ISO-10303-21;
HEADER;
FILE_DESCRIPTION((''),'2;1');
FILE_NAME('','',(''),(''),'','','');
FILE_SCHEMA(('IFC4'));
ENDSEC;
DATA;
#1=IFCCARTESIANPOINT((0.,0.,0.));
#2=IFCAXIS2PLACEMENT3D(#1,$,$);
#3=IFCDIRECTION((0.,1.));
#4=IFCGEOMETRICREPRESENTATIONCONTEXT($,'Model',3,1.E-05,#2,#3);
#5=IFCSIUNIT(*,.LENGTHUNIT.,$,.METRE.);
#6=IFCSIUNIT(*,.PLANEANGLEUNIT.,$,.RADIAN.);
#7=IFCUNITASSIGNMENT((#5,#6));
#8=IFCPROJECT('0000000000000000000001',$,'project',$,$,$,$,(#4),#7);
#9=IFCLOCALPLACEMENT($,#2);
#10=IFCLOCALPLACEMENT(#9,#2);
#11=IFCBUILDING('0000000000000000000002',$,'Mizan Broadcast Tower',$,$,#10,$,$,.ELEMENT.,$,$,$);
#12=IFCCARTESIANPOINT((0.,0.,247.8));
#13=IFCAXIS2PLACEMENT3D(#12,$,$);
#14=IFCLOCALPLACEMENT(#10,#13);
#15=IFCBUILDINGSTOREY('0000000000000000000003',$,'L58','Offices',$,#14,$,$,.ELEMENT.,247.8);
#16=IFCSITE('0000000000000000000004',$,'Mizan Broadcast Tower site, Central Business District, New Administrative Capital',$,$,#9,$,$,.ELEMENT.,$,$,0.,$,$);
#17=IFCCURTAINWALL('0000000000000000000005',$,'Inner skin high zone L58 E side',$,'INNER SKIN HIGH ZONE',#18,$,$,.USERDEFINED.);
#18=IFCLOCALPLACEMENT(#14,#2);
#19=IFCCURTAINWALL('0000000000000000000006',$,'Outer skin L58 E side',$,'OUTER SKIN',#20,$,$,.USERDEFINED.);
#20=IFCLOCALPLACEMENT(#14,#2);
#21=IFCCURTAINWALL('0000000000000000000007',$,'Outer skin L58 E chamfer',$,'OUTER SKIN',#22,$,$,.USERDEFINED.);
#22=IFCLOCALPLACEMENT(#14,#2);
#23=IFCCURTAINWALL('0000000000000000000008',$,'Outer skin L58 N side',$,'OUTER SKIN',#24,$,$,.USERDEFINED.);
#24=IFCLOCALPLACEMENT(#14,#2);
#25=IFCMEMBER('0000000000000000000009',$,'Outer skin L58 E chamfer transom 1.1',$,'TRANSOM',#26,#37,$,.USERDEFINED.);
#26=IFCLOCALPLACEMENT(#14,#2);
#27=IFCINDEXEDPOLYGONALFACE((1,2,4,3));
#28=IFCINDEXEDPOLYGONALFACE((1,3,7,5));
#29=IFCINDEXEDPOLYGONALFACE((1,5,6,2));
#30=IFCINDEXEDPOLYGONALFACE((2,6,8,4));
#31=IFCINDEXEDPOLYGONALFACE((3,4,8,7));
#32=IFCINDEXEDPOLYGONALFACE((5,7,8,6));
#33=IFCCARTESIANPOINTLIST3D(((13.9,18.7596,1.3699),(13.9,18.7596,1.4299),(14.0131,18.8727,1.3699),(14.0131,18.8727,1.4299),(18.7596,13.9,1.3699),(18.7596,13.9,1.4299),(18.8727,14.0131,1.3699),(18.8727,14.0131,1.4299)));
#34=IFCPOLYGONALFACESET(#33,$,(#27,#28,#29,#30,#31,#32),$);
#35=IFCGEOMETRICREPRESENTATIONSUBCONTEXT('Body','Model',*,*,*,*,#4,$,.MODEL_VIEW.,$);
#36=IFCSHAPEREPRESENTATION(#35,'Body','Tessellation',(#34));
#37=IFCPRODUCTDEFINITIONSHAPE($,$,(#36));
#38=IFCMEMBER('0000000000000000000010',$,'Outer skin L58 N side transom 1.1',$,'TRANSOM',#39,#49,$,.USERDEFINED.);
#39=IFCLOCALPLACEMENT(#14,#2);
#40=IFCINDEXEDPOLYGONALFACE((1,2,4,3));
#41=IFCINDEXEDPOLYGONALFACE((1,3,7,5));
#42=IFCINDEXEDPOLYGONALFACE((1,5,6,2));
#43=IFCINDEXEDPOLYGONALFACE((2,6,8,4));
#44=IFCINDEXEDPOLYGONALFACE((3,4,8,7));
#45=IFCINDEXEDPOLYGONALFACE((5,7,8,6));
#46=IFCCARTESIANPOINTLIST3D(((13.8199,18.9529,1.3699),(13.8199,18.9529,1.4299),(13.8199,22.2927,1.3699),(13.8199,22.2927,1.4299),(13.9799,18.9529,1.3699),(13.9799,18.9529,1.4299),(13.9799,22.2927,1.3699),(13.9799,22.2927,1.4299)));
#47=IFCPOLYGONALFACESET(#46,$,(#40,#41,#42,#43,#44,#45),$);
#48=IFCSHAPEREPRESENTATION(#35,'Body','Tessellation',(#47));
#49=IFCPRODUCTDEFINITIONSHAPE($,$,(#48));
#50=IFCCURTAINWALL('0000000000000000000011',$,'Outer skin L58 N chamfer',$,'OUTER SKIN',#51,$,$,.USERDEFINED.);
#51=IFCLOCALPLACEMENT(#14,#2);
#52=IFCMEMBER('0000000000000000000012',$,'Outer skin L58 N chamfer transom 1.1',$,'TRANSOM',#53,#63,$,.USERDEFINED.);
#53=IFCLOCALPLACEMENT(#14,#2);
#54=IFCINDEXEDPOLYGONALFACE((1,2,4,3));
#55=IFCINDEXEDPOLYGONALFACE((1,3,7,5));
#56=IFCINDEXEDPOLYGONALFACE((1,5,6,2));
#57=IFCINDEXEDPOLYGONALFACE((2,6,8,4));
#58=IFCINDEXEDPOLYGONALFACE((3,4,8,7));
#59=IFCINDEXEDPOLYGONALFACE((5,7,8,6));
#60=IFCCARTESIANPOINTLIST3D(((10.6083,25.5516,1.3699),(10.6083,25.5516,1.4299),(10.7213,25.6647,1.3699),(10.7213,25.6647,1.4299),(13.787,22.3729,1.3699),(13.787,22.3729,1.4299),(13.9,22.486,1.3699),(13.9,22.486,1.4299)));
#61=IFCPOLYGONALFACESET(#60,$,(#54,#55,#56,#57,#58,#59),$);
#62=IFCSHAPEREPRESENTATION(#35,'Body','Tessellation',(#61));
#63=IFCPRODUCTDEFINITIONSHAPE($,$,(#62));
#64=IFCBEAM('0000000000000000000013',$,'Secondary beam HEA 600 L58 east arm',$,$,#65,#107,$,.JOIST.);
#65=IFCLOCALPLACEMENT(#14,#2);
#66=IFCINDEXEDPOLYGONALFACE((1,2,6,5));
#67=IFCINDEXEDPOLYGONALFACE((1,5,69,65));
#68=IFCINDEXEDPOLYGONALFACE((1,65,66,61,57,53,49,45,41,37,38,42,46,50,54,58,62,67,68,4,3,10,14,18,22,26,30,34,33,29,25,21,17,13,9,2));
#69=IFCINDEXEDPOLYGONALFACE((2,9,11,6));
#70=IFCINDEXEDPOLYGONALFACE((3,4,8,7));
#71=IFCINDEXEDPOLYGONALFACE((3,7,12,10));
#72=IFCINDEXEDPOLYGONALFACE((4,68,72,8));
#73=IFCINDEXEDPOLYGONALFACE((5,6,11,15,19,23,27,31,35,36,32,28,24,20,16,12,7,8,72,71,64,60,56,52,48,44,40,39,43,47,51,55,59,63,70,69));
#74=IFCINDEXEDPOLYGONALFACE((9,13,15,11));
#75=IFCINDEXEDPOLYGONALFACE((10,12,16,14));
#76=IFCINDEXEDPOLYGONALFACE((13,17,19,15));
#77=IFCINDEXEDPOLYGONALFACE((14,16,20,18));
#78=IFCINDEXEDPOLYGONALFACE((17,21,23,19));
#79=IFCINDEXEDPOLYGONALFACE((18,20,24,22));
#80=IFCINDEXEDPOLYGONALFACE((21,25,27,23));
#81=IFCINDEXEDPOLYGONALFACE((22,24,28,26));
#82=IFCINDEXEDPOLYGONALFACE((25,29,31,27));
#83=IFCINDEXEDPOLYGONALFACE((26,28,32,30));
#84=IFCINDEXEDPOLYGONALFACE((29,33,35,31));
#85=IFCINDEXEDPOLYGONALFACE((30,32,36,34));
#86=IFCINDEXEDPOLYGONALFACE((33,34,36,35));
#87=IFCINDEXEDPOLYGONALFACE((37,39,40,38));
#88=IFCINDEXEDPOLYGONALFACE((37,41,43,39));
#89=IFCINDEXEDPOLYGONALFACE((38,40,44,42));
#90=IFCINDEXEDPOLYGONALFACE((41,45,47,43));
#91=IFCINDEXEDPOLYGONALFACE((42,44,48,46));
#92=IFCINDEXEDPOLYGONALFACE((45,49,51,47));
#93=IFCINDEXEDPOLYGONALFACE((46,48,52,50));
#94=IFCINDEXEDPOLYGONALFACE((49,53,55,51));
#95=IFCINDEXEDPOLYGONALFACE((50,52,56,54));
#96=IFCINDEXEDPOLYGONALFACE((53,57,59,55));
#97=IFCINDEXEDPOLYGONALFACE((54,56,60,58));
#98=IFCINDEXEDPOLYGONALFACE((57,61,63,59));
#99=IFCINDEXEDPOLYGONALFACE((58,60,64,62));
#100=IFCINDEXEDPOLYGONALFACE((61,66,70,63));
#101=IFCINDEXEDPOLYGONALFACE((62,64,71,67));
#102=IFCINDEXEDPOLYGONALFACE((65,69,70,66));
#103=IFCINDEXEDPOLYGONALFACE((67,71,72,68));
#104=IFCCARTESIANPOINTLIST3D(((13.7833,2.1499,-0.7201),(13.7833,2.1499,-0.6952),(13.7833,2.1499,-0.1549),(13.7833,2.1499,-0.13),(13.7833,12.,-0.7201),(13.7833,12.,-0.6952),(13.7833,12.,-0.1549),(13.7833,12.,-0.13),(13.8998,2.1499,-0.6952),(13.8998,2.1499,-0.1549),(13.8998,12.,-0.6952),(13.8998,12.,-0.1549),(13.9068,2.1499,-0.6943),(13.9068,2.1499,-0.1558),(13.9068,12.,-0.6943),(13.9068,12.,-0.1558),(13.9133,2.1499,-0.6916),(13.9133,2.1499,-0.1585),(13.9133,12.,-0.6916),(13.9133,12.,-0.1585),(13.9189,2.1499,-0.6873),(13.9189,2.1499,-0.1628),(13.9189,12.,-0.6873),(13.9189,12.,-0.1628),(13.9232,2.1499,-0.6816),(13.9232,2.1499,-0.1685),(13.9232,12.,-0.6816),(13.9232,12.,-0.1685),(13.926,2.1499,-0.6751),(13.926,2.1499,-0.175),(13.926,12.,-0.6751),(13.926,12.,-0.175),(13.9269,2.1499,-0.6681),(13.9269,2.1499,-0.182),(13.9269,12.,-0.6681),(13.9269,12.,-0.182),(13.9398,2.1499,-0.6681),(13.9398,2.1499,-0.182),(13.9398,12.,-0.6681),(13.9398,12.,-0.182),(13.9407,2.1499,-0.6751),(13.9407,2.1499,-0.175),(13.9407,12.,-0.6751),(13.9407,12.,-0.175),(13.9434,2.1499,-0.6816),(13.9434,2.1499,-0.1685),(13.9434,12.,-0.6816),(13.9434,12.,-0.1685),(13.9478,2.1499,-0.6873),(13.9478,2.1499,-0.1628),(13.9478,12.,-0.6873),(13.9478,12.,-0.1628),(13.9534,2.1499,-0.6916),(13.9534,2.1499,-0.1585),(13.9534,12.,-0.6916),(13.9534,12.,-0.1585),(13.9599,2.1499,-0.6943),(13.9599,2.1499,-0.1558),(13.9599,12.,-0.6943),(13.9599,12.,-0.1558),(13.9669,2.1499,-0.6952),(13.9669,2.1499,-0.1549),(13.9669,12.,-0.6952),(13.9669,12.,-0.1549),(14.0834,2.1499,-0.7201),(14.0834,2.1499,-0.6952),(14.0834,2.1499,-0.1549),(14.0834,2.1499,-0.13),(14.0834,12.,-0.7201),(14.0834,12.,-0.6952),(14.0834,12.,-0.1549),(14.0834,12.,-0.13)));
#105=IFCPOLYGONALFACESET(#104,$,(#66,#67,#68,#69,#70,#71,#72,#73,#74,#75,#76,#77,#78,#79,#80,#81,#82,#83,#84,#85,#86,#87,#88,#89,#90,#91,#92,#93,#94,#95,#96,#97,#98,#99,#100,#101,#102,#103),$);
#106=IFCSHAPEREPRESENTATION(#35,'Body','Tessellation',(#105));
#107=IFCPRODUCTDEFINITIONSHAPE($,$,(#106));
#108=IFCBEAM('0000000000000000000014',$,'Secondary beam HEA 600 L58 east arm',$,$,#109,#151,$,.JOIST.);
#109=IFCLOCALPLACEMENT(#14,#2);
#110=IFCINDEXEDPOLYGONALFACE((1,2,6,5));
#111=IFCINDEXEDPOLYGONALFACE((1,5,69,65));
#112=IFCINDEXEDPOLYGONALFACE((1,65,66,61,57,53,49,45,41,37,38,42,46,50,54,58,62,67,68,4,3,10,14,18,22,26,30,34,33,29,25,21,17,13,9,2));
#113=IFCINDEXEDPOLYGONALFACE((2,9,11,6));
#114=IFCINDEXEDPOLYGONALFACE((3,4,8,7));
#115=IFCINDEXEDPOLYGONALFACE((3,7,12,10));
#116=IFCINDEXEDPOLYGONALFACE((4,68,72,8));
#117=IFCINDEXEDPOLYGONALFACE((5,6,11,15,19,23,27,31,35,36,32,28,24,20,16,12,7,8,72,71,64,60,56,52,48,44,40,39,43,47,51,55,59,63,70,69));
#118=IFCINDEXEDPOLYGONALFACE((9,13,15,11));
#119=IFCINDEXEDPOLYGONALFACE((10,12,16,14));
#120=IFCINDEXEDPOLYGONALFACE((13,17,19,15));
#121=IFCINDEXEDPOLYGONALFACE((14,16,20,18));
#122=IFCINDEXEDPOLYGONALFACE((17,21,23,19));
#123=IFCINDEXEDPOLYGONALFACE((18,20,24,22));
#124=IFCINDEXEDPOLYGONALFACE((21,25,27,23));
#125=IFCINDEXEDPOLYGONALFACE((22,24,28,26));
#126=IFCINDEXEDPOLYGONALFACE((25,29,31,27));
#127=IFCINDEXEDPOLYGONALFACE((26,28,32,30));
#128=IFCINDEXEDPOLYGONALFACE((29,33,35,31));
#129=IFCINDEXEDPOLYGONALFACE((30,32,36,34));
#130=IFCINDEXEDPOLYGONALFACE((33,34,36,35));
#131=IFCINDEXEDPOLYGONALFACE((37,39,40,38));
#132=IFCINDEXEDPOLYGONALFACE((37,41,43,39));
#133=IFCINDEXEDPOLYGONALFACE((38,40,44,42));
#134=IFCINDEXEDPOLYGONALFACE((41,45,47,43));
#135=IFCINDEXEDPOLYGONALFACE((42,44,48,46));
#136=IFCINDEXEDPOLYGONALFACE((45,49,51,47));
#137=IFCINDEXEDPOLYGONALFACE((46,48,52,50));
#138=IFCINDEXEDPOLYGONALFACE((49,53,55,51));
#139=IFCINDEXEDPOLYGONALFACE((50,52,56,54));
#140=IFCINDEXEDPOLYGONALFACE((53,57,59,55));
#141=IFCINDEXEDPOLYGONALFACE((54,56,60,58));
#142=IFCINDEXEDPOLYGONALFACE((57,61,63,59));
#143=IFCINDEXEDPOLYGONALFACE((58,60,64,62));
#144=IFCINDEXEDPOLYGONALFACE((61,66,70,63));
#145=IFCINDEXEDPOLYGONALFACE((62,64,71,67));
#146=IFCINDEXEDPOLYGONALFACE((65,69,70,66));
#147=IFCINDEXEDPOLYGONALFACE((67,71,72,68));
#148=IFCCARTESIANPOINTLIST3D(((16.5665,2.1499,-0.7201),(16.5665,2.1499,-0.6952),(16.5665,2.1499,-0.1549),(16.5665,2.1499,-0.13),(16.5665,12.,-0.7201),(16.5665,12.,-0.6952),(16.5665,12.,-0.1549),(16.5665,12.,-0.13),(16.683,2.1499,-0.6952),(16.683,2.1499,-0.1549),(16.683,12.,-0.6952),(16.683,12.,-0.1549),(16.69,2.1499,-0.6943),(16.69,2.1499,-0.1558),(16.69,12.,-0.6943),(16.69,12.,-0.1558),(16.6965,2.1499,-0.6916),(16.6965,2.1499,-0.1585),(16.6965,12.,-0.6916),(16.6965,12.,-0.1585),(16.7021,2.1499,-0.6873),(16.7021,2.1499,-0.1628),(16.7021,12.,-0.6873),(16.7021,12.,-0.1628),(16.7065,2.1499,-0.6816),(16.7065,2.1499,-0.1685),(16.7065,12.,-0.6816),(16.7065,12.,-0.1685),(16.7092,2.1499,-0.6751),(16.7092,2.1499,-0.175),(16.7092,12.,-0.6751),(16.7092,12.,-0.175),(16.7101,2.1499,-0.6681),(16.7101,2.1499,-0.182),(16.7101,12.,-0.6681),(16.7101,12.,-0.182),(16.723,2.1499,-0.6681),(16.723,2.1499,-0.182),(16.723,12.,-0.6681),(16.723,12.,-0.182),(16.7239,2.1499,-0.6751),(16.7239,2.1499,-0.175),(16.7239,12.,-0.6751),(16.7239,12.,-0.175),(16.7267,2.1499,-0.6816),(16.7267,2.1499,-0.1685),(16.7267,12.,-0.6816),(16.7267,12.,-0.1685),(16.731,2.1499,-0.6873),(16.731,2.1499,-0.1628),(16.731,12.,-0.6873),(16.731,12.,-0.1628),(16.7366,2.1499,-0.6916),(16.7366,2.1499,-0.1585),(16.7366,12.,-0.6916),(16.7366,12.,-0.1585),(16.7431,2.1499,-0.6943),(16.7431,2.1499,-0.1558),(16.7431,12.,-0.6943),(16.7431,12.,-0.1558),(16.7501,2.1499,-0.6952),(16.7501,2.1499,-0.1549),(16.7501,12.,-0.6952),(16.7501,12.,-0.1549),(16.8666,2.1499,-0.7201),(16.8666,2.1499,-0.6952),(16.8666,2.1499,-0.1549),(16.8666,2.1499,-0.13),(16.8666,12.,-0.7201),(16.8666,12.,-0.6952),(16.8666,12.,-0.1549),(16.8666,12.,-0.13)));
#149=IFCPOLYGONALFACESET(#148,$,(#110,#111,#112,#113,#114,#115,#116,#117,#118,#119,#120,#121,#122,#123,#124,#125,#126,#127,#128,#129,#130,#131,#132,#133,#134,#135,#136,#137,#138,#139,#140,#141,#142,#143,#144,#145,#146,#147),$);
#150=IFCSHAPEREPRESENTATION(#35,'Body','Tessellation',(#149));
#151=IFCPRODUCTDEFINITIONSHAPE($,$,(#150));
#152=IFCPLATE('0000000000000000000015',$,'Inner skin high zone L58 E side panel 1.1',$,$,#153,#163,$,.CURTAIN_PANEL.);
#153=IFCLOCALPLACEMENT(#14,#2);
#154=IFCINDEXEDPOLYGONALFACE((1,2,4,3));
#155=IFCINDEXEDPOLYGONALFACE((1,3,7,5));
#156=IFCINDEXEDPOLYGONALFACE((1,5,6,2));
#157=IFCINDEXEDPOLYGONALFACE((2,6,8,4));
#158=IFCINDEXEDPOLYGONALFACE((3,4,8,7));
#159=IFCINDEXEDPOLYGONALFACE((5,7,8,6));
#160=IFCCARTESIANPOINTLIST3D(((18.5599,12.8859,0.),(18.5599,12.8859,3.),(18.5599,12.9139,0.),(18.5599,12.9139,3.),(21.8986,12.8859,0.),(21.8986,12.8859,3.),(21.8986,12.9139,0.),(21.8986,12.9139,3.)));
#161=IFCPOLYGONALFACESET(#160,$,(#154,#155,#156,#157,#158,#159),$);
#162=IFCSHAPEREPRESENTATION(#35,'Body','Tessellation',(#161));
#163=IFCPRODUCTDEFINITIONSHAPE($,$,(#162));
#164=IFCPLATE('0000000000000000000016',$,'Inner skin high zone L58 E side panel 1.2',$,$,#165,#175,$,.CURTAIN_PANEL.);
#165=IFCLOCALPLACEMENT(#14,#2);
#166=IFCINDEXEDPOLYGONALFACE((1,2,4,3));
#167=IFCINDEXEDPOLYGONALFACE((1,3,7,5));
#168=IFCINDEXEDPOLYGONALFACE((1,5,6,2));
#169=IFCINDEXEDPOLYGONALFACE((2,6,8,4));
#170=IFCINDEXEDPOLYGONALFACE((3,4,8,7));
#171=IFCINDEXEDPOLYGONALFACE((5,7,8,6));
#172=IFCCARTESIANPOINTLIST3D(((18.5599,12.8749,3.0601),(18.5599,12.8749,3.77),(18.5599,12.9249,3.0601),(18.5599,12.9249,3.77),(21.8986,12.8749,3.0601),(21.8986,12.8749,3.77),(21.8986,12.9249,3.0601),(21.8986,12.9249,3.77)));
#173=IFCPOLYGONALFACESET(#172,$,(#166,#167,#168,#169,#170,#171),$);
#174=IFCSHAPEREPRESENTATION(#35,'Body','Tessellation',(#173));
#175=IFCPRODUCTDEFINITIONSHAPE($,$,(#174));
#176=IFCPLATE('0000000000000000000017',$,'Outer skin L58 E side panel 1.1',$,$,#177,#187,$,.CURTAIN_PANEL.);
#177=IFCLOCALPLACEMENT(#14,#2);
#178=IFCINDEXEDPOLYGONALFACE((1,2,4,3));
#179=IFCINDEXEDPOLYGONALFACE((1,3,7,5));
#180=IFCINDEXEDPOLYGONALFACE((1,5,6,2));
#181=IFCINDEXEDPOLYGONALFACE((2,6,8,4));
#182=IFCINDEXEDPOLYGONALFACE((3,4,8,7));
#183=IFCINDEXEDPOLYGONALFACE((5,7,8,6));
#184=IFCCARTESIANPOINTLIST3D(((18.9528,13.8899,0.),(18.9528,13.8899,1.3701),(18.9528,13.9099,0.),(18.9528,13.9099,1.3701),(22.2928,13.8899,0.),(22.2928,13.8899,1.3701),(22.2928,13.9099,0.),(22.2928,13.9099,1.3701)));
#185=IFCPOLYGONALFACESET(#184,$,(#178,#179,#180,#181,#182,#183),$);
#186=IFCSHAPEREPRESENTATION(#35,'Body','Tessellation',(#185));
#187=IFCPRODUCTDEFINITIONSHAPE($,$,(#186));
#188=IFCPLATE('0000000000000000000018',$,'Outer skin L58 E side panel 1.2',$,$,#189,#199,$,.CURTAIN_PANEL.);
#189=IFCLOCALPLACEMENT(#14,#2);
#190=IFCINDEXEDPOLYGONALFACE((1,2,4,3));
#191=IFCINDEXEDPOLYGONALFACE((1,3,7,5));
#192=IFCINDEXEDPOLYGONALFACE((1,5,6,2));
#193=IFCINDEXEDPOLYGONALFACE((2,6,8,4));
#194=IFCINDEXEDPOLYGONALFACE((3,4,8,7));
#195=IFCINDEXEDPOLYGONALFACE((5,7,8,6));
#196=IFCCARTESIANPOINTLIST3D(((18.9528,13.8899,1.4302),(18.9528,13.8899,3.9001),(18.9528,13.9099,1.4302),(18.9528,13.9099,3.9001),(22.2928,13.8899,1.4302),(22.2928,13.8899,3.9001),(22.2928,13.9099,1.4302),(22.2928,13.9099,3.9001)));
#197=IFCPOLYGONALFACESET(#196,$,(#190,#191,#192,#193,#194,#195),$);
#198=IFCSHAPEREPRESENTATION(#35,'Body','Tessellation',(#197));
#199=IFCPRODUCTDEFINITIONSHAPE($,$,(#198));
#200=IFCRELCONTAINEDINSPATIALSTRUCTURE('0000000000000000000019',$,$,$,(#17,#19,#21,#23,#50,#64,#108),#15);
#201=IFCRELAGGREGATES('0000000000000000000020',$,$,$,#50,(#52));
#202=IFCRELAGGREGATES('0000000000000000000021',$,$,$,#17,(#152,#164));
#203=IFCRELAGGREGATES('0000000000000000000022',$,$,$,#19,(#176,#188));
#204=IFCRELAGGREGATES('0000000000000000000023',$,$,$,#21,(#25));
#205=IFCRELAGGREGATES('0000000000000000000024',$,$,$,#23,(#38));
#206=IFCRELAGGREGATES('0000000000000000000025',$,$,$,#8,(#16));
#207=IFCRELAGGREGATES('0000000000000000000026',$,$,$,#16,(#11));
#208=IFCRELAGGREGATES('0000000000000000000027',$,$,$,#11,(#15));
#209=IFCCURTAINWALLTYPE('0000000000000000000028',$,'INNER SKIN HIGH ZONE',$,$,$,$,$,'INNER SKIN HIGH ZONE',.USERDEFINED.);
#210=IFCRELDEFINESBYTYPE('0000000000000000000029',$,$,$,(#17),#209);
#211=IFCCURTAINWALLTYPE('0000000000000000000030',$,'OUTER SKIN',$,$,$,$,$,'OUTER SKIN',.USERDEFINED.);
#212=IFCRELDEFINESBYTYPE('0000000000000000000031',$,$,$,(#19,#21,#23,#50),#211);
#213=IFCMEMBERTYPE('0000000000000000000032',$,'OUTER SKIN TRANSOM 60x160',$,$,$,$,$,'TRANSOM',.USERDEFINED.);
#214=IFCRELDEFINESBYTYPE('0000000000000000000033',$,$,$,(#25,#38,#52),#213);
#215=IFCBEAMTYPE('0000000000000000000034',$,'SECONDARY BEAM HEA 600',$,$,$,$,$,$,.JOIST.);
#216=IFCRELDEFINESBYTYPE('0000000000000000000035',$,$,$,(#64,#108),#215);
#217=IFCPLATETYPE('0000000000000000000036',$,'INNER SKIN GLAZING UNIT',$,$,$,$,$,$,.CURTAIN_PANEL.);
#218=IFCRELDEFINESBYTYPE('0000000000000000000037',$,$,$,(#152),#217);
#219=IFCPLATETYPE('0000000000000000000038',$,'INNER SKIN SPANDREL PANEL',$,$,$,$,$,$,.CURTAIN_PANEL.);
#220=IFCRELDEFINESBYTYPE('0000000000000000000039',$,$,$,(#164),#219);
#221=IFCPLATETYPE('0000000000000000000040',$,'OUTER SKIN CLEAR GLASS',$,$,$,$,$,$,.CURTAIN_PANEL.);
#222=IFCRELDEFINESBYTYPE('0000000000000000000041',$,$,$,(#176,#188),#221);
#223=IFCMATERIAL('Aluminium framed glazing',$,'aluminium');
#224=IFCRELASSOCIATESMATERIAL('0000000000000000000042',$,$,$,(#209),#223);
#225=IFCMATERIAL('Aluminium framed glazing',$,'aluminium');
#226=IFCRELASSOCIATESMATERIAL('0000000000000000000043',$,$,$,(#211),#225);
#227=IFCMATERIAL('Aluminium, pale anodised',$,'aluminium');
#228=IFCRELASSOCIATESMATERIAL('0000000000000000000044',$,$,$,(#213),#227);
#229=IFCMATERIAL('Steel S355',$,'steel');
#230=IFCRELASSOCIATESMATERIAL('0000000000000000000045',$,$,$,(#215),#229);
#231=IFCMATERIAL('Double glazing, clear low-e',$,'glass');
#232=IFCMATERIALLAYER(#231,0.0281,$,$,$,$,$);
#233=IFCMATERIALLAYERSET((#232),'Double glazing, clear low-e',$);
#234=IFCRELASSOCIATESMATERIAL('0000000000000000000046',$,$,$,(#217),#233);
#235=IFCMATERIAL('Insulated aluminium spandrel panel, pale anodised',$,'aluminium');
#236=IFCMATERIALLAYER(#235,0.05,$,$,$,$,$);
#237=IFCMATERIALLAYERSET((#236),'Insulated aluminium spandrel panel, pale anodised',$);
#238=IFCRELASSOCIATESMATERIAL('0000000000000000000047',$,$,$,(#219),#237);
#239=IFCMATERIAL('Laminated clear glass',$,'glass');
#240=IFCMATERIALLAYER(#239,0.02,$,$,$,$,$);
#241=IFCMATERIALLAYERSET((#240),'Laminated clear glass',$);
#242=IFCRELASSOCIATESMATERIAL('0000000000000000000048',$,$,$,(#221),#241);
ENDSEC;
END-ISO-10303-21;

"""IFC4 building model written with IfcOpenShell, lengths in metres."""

from ifc_helpers import new_model, si_unit, direction, frame, origin, origin_2d, place, context, subcontext, project, spatial, rectangle, i_section, extrude, material, layer, layer_set, material_profile, profile_set, type_object, element, aggregate, save


model = new_model("IFC4")

# Units and contexts
model_context = context("Model", 3, precision=1e-05, world=origin(), true_north=direction((0.0, 1.0)))
body_context = subcontext(model_context, "Body", "Model", "MODEL_VIEW")
ifc_project = project(units=[si_unit("LENGTHUNIT", "METRE"), si_unit("PLANEANGLEUNIT", "RADIAN")], contexts=[model_context])

# Site, building, storey
site_placement = place(None, origin())
site = spatial("IfcSite", under=ifc_project, at=site_placement, Name="Mizan Broadcast Tower site, Central Business District, New Administrative Capital", CompositionType="ELEMENT", RefElevation=0.0)
building_placement = place(site_placement, origin())
building = spatial("IfcBuilding", under=site, at=building_placement, Name="Mizan Broadcast Tower", CompositionType="ELEMENT")
storey_placement = place(building_placement, frame((0.0, 0.0, 247.8)))
storey = spatial("IfcBuildingStorey", under=building, at=storey_placement, Name="L58", Description="Offices", CompositionType="ELEMENT", Elevation=247.8)

# Curtain wall
ifc_material_1 = material(Name="Aluminium framed glazing", Category="aluminium")
curtain_wall_type_1 = type_object("IfcCurtainWallType", Name="INNER SKIN HIGH ZONE", ElementType="INNER SKIN HIGH ZONE", PredefinedType="USERDEFINED", material=ifc_material_1)
curtain_wall_1_placement = place(storey_placement, origin())
curtain_wall_1 = element("IfcCurtainWall", 1, at=curtain_wall_1_placement, inside=storey, type_object=curtain_wall_type_1, Name="Inner skin high zone L58 E side", ObjectType="INNER SKIN HIGH ZONE", PredefinedType="USERDEFINED")

# Curtain walls
ifc_material_2 = material(Name="Aluminium framed glazing", Category="aluminium")
curtain_wall_type_2 = type_object("IfcCurtainWallType", Name="OUTER SKIN", ElementType="OUTER SKIN", PredefinedType="USERDEFINED", material=ifc_material_2)
curtain_wall_2_placement = place(storey_placement, origin())
curtain_wall_2 = element("IfcCurtainWall", 2, at=curtain_wall_2_placement, inside=storey, type_object=curtain_wall_type_2, Name="Outer skin L58 E side", ObjectType="OUTER SKIN", PredefinedType="USERDEFINED")
curtain_wall_3_placement = place(storey_placement, origin())
curtain_wall_3 = element("IfcCurtainWall", 3, at=curtain_wall_3_placement, inside=storey, type_object=curtain_wall_type_2, Name="Outer skin L58 E chamfer", ObjectType="OUTER SKIN", PredefinedType="USERDEFINED")
curtain_wall_4_placement = place(storey_placement, origin())
curtain_wall_4 = element("IfcCurtainWall", 4, at=curtain_wall_4_placement, inside=storey, type_object=curtain_wall_type_2, Name="Outer skin L58 N side", ObjectType="OUTER SKIN", PredefinedType="USERDEFINED")

# Members
ifc_material_3 = material(Name="Aluminium, pale anodised", Category="aluminium")
ifc_material_profile_1 = material_profile(ifc_material_3, rectangle(XDim=0.1599, YDim=0.0601, at=origin_2d()), Name="TRANSOM 160x60")
ifc_profile_set_1 = profile_set([ifc_material_profile_1], Name="Aluminium, pale anodised")
member_type_1 = type_object("IfcMemberType", Name="OUTER SKIN TRANSOM 60x160", ElementType="TRANSOM", PredefinedType="USERDEFINED", material=ifc_profile_set_1)
member_1_placement = place(storey_placement, frame((18.8162, 13.9565, 1.3999), z_axis=(-0.707107, 0.707107, 0.0), x_axis=(-0.707107, -0.707107, 0.0)))
member_1 = element("IfcMember", 5, at=member_1_placement, type_object=member_type_1, Name="Outer skin L58 E chamfer transom 1.1", ObjectType="TRANSOM", PredefinedType="USERDEFINED", context=body_context, shape_type="SweptSolid", body=[
    extrude(rectangle(XDim=0.1599, YDim=0.0601, at=origin_2d()), origin(), (0.0, 0.0, 1.0), 6.8726),
])
member_2_placement = place(storey_placement, frame((13.8999, 18.9529, 1.3999), z_axis=(0.0, 1.0, 0.0), x_axis=(-1.0, 0.0, 0.0)))
member_2 = element("IfcMember", 6, at=member_2_placement, type_object=member_type_1, Name="Outer skin L58 N side transom 1.1", ObjectType="TRANSOM", PredefinedType="USERDEFINED", context=body_context, shape_type="SweptSolid", body=[
    extrude(rectangle(XDim=0.1599, YDim=0.0601, at=origin_2d()), origin(), (0.0, 0.0, 1.0), 3.3398),
])

# Curtain wall, member
curtain_wall_5_placement = place(storey_placement, origin())
curtain_wall_5 = element("IfcCurtainWall", 7, at=curtain_wall_5_placement, inside=storey, type_object=curtain_wall_type_2, Name="Outer skin L58 N chamfer", ObjectType="OUTER SKIN", PredefinedType="USERDEFINED")
member_3_placement = place(storey_placement, frame((13.8435, 22.4294, 1.3999), z_axis=(-0.707107, 0.707107, 0.0), x_axis=(-0.707107, -0.707107, 0.0)))
member_3 = element("IfcMember", 8, at=member_3_placement, type_object=member_type_1, Name="Outer skin L58 N chamfer transom 1.1", ObjectType="TRANSOM", PredefinedType="USERDEFINED", context=body_context, shape_type="SweptSolid", body=[
    extrude(rectangle(XDim=0.1599, YDim=0.0601, at=origin_2d()), origin(), (0.0, 0.0, 1.0), 4.4954),
])
aggregate(curtain_wall_5, [member_3])

# Beams
ifc_material_4 = material(Name="Steel S355", Category="steel")
ifc_material_profile_2 = material_profile(ifc_material_4, i_section(OverallWidth=0.3, OverallDepth=0.5901, WebThickness=0.0129, FlangeThickness=0.0249, FilletRadius=0.0271, at=origin_2d()), Name="HEA 600")
ifc_profile_set_2 = profile_set([ifc_material_profile_2], Name="Steel S355")
beam_type_1 = type_object("IfcBeamType", Name="SECONDARY BEAM HEA 600", PredefinedType="JOIST", material=ifc_profile_set_2)
for number, where, z_axis, x_axis, name in (
    (9, (13.9333, 12.0, -0.425), (0.0, -1.0, 0.0), (1.0, 0.0, 0.0), "Secondary beam HEA 600 L58 east arm"),
    (10, (16.7166, 12.0, -0.425), (0.0, -1.0, 0.0), (1.0, 0.0, 0.0), "Secondary beam HEA 600 L58 east arm"),
):
    element("IfcBeam", number, at=place(storey_placement, frame(where, z_axis=z_axis, x_axis=x_axis)), inside=storey, type_object=beam_type_1, Name=name, PredefinedType="JOIST", context=body_context, shape_type="SweptSolid", body=[
        extrude(i_section(OverallWidth=0.3, OverallDepth=0.5901, WebThickness=0.0129, FlangeThickness=0.0249, FilletRadius=0.0271, at=origin_2d()), origin(), (0.0, 0.0, 1.0), 9.8501),
    ])

# Plates
ifc_material_5 = material(Name="Double glazing, clear low-e", Category="glass")
ifc_layer_1 = layer(ifc_material_5, 0.0281)
ifc_layer_set_1 = layer_set([ifc_layer_1], Name="Double glazing, clear low-e")
plate_type_1 = type_object("IfcPlateType", Name="INNER SKIN GLAZING UNIT", PredefinedType="CURTAIN_PANEL", material=ifc_layer_set_1)
plate_1_placement = place(storey_placement, frame((20.2292, 12.8999, 0.0), z_axis=(0.0, 0.0, 1.0), x_axis=(-1.0, 0.0, 0.0)))
plate_1 = element("IfcPlate", 11, at=plate_1_placement, type_object=plate_type_1, Name="Inner skin high zone L58 E side panel 1.1", PredefinedType="CURTAIN_PANEL", context=body_context, shape_type="SweptSolid", body=[
    extrude(rectangle(XDim=3.3386, YDim=0.0281, at=origin_2d()), origin(), (0.0, 0.0, 1.0), 3.0),
])
ifc_material_6 = material(Name="Insulated aluminium spandrel panel, pale anodised", Category="aluminium")
ifc_layer_2 = layer(ifc_material_6, 0.05)
ifc_layer_set_2 = layer_set([ifc_layer_2], Name="Insulated aluminium spandrel panel, pale anodised")
plate_type_2 = type_object("IfcPlateType", Name="INNER SKIN SPANDREL PANEL", PredefinedType="CURTAIN_PANEL", material=ifc_layer_set_2)
plate_2_placement = place(storey_placement, frame((20.2292, 12.8999, 3.0601), z_axis=(0.0, 0.0, 1.0), x_axis=(-1.0, 0.0, 0.0)))
plate_2 = element("IfcPlate", 12, at=plate_2_placement, type_object=plate_type_2, Name="Inner skin high zone L58 E side panel 1.2", PredefinedType="CURTAIN_PANEL", context=body_context, shape_type="SweptSolid", body=[
    extrude(rectangle(XDim=3.3386, YDim=0.05, at=origin_2d()), origin(), (0.0, 0.0, 1.0), 0.71),
])
aggregate(curtain_wall_1, [plate_1, plate_2])
ifc_material_7 = material(Name="Laminated clear glass", Category="glass")
ifc_layer_3 = layer(ifc_material_7, 0.02)
ifc_layer_set_3 = layer_set([ifc_layer_3], Name="Laminated clear glass")
plate_type_3 = type_object("IfcPlateType", Name="OUTER SKIN CLEAR GLASS", PredefinedType="CURTAIN_PANEL", material=ifc_layer_set_3)
plate_3_placement = place(storey_placement, frame((20.6228, 13.8999, 0.0), z_axis=(0.0, 0.0, 1.0), x_axis=(-1.0, 0.0, 0.0)))
plate_3 = element("IfcPlate", 13, at=plate_3_placement, type_object=plate_type_3, Name="Outer skin L58 E side panel 1.1", PredefinedType="CURTAIN_PANEL", context=body_context, shape_type="SweptSolid", body=[
    extrude(rectangle(XDim=3.3401, YDim=0.02, at=origin_2d()), origin(), (0.0, 0.0, 1.0), 1.3701),
])
plate_4_placement = place(storey_placement, frame((20.6228, 13.8999, 1.4302), z_axis=(0.0, 0.0, 1.0), x_axis=(-1.0, 0.0, 0.0)))
plate_4 = element("IfcPlate", 14, at=plate_4_placement, type_object=plate_type_3, Name="Outer skin L58 E side panel 1.2", PredefinedType="CURTAIN_PANEL", context=body_context, shape_type="SweptSolid", body=[
    extrude(rectangle(XDim=3.3401, YDim=0.02, at=origin_2d()), origin(), (0.0, 0.0, 1.0), 2.47),
])
aggregate(curtain_wall_2, [plate_3, plate_4])
aggregate(curtain_wall_3, [member_1])
aggregate(curtain_wall_4, [member_2])

save(model, "model.ifc")
